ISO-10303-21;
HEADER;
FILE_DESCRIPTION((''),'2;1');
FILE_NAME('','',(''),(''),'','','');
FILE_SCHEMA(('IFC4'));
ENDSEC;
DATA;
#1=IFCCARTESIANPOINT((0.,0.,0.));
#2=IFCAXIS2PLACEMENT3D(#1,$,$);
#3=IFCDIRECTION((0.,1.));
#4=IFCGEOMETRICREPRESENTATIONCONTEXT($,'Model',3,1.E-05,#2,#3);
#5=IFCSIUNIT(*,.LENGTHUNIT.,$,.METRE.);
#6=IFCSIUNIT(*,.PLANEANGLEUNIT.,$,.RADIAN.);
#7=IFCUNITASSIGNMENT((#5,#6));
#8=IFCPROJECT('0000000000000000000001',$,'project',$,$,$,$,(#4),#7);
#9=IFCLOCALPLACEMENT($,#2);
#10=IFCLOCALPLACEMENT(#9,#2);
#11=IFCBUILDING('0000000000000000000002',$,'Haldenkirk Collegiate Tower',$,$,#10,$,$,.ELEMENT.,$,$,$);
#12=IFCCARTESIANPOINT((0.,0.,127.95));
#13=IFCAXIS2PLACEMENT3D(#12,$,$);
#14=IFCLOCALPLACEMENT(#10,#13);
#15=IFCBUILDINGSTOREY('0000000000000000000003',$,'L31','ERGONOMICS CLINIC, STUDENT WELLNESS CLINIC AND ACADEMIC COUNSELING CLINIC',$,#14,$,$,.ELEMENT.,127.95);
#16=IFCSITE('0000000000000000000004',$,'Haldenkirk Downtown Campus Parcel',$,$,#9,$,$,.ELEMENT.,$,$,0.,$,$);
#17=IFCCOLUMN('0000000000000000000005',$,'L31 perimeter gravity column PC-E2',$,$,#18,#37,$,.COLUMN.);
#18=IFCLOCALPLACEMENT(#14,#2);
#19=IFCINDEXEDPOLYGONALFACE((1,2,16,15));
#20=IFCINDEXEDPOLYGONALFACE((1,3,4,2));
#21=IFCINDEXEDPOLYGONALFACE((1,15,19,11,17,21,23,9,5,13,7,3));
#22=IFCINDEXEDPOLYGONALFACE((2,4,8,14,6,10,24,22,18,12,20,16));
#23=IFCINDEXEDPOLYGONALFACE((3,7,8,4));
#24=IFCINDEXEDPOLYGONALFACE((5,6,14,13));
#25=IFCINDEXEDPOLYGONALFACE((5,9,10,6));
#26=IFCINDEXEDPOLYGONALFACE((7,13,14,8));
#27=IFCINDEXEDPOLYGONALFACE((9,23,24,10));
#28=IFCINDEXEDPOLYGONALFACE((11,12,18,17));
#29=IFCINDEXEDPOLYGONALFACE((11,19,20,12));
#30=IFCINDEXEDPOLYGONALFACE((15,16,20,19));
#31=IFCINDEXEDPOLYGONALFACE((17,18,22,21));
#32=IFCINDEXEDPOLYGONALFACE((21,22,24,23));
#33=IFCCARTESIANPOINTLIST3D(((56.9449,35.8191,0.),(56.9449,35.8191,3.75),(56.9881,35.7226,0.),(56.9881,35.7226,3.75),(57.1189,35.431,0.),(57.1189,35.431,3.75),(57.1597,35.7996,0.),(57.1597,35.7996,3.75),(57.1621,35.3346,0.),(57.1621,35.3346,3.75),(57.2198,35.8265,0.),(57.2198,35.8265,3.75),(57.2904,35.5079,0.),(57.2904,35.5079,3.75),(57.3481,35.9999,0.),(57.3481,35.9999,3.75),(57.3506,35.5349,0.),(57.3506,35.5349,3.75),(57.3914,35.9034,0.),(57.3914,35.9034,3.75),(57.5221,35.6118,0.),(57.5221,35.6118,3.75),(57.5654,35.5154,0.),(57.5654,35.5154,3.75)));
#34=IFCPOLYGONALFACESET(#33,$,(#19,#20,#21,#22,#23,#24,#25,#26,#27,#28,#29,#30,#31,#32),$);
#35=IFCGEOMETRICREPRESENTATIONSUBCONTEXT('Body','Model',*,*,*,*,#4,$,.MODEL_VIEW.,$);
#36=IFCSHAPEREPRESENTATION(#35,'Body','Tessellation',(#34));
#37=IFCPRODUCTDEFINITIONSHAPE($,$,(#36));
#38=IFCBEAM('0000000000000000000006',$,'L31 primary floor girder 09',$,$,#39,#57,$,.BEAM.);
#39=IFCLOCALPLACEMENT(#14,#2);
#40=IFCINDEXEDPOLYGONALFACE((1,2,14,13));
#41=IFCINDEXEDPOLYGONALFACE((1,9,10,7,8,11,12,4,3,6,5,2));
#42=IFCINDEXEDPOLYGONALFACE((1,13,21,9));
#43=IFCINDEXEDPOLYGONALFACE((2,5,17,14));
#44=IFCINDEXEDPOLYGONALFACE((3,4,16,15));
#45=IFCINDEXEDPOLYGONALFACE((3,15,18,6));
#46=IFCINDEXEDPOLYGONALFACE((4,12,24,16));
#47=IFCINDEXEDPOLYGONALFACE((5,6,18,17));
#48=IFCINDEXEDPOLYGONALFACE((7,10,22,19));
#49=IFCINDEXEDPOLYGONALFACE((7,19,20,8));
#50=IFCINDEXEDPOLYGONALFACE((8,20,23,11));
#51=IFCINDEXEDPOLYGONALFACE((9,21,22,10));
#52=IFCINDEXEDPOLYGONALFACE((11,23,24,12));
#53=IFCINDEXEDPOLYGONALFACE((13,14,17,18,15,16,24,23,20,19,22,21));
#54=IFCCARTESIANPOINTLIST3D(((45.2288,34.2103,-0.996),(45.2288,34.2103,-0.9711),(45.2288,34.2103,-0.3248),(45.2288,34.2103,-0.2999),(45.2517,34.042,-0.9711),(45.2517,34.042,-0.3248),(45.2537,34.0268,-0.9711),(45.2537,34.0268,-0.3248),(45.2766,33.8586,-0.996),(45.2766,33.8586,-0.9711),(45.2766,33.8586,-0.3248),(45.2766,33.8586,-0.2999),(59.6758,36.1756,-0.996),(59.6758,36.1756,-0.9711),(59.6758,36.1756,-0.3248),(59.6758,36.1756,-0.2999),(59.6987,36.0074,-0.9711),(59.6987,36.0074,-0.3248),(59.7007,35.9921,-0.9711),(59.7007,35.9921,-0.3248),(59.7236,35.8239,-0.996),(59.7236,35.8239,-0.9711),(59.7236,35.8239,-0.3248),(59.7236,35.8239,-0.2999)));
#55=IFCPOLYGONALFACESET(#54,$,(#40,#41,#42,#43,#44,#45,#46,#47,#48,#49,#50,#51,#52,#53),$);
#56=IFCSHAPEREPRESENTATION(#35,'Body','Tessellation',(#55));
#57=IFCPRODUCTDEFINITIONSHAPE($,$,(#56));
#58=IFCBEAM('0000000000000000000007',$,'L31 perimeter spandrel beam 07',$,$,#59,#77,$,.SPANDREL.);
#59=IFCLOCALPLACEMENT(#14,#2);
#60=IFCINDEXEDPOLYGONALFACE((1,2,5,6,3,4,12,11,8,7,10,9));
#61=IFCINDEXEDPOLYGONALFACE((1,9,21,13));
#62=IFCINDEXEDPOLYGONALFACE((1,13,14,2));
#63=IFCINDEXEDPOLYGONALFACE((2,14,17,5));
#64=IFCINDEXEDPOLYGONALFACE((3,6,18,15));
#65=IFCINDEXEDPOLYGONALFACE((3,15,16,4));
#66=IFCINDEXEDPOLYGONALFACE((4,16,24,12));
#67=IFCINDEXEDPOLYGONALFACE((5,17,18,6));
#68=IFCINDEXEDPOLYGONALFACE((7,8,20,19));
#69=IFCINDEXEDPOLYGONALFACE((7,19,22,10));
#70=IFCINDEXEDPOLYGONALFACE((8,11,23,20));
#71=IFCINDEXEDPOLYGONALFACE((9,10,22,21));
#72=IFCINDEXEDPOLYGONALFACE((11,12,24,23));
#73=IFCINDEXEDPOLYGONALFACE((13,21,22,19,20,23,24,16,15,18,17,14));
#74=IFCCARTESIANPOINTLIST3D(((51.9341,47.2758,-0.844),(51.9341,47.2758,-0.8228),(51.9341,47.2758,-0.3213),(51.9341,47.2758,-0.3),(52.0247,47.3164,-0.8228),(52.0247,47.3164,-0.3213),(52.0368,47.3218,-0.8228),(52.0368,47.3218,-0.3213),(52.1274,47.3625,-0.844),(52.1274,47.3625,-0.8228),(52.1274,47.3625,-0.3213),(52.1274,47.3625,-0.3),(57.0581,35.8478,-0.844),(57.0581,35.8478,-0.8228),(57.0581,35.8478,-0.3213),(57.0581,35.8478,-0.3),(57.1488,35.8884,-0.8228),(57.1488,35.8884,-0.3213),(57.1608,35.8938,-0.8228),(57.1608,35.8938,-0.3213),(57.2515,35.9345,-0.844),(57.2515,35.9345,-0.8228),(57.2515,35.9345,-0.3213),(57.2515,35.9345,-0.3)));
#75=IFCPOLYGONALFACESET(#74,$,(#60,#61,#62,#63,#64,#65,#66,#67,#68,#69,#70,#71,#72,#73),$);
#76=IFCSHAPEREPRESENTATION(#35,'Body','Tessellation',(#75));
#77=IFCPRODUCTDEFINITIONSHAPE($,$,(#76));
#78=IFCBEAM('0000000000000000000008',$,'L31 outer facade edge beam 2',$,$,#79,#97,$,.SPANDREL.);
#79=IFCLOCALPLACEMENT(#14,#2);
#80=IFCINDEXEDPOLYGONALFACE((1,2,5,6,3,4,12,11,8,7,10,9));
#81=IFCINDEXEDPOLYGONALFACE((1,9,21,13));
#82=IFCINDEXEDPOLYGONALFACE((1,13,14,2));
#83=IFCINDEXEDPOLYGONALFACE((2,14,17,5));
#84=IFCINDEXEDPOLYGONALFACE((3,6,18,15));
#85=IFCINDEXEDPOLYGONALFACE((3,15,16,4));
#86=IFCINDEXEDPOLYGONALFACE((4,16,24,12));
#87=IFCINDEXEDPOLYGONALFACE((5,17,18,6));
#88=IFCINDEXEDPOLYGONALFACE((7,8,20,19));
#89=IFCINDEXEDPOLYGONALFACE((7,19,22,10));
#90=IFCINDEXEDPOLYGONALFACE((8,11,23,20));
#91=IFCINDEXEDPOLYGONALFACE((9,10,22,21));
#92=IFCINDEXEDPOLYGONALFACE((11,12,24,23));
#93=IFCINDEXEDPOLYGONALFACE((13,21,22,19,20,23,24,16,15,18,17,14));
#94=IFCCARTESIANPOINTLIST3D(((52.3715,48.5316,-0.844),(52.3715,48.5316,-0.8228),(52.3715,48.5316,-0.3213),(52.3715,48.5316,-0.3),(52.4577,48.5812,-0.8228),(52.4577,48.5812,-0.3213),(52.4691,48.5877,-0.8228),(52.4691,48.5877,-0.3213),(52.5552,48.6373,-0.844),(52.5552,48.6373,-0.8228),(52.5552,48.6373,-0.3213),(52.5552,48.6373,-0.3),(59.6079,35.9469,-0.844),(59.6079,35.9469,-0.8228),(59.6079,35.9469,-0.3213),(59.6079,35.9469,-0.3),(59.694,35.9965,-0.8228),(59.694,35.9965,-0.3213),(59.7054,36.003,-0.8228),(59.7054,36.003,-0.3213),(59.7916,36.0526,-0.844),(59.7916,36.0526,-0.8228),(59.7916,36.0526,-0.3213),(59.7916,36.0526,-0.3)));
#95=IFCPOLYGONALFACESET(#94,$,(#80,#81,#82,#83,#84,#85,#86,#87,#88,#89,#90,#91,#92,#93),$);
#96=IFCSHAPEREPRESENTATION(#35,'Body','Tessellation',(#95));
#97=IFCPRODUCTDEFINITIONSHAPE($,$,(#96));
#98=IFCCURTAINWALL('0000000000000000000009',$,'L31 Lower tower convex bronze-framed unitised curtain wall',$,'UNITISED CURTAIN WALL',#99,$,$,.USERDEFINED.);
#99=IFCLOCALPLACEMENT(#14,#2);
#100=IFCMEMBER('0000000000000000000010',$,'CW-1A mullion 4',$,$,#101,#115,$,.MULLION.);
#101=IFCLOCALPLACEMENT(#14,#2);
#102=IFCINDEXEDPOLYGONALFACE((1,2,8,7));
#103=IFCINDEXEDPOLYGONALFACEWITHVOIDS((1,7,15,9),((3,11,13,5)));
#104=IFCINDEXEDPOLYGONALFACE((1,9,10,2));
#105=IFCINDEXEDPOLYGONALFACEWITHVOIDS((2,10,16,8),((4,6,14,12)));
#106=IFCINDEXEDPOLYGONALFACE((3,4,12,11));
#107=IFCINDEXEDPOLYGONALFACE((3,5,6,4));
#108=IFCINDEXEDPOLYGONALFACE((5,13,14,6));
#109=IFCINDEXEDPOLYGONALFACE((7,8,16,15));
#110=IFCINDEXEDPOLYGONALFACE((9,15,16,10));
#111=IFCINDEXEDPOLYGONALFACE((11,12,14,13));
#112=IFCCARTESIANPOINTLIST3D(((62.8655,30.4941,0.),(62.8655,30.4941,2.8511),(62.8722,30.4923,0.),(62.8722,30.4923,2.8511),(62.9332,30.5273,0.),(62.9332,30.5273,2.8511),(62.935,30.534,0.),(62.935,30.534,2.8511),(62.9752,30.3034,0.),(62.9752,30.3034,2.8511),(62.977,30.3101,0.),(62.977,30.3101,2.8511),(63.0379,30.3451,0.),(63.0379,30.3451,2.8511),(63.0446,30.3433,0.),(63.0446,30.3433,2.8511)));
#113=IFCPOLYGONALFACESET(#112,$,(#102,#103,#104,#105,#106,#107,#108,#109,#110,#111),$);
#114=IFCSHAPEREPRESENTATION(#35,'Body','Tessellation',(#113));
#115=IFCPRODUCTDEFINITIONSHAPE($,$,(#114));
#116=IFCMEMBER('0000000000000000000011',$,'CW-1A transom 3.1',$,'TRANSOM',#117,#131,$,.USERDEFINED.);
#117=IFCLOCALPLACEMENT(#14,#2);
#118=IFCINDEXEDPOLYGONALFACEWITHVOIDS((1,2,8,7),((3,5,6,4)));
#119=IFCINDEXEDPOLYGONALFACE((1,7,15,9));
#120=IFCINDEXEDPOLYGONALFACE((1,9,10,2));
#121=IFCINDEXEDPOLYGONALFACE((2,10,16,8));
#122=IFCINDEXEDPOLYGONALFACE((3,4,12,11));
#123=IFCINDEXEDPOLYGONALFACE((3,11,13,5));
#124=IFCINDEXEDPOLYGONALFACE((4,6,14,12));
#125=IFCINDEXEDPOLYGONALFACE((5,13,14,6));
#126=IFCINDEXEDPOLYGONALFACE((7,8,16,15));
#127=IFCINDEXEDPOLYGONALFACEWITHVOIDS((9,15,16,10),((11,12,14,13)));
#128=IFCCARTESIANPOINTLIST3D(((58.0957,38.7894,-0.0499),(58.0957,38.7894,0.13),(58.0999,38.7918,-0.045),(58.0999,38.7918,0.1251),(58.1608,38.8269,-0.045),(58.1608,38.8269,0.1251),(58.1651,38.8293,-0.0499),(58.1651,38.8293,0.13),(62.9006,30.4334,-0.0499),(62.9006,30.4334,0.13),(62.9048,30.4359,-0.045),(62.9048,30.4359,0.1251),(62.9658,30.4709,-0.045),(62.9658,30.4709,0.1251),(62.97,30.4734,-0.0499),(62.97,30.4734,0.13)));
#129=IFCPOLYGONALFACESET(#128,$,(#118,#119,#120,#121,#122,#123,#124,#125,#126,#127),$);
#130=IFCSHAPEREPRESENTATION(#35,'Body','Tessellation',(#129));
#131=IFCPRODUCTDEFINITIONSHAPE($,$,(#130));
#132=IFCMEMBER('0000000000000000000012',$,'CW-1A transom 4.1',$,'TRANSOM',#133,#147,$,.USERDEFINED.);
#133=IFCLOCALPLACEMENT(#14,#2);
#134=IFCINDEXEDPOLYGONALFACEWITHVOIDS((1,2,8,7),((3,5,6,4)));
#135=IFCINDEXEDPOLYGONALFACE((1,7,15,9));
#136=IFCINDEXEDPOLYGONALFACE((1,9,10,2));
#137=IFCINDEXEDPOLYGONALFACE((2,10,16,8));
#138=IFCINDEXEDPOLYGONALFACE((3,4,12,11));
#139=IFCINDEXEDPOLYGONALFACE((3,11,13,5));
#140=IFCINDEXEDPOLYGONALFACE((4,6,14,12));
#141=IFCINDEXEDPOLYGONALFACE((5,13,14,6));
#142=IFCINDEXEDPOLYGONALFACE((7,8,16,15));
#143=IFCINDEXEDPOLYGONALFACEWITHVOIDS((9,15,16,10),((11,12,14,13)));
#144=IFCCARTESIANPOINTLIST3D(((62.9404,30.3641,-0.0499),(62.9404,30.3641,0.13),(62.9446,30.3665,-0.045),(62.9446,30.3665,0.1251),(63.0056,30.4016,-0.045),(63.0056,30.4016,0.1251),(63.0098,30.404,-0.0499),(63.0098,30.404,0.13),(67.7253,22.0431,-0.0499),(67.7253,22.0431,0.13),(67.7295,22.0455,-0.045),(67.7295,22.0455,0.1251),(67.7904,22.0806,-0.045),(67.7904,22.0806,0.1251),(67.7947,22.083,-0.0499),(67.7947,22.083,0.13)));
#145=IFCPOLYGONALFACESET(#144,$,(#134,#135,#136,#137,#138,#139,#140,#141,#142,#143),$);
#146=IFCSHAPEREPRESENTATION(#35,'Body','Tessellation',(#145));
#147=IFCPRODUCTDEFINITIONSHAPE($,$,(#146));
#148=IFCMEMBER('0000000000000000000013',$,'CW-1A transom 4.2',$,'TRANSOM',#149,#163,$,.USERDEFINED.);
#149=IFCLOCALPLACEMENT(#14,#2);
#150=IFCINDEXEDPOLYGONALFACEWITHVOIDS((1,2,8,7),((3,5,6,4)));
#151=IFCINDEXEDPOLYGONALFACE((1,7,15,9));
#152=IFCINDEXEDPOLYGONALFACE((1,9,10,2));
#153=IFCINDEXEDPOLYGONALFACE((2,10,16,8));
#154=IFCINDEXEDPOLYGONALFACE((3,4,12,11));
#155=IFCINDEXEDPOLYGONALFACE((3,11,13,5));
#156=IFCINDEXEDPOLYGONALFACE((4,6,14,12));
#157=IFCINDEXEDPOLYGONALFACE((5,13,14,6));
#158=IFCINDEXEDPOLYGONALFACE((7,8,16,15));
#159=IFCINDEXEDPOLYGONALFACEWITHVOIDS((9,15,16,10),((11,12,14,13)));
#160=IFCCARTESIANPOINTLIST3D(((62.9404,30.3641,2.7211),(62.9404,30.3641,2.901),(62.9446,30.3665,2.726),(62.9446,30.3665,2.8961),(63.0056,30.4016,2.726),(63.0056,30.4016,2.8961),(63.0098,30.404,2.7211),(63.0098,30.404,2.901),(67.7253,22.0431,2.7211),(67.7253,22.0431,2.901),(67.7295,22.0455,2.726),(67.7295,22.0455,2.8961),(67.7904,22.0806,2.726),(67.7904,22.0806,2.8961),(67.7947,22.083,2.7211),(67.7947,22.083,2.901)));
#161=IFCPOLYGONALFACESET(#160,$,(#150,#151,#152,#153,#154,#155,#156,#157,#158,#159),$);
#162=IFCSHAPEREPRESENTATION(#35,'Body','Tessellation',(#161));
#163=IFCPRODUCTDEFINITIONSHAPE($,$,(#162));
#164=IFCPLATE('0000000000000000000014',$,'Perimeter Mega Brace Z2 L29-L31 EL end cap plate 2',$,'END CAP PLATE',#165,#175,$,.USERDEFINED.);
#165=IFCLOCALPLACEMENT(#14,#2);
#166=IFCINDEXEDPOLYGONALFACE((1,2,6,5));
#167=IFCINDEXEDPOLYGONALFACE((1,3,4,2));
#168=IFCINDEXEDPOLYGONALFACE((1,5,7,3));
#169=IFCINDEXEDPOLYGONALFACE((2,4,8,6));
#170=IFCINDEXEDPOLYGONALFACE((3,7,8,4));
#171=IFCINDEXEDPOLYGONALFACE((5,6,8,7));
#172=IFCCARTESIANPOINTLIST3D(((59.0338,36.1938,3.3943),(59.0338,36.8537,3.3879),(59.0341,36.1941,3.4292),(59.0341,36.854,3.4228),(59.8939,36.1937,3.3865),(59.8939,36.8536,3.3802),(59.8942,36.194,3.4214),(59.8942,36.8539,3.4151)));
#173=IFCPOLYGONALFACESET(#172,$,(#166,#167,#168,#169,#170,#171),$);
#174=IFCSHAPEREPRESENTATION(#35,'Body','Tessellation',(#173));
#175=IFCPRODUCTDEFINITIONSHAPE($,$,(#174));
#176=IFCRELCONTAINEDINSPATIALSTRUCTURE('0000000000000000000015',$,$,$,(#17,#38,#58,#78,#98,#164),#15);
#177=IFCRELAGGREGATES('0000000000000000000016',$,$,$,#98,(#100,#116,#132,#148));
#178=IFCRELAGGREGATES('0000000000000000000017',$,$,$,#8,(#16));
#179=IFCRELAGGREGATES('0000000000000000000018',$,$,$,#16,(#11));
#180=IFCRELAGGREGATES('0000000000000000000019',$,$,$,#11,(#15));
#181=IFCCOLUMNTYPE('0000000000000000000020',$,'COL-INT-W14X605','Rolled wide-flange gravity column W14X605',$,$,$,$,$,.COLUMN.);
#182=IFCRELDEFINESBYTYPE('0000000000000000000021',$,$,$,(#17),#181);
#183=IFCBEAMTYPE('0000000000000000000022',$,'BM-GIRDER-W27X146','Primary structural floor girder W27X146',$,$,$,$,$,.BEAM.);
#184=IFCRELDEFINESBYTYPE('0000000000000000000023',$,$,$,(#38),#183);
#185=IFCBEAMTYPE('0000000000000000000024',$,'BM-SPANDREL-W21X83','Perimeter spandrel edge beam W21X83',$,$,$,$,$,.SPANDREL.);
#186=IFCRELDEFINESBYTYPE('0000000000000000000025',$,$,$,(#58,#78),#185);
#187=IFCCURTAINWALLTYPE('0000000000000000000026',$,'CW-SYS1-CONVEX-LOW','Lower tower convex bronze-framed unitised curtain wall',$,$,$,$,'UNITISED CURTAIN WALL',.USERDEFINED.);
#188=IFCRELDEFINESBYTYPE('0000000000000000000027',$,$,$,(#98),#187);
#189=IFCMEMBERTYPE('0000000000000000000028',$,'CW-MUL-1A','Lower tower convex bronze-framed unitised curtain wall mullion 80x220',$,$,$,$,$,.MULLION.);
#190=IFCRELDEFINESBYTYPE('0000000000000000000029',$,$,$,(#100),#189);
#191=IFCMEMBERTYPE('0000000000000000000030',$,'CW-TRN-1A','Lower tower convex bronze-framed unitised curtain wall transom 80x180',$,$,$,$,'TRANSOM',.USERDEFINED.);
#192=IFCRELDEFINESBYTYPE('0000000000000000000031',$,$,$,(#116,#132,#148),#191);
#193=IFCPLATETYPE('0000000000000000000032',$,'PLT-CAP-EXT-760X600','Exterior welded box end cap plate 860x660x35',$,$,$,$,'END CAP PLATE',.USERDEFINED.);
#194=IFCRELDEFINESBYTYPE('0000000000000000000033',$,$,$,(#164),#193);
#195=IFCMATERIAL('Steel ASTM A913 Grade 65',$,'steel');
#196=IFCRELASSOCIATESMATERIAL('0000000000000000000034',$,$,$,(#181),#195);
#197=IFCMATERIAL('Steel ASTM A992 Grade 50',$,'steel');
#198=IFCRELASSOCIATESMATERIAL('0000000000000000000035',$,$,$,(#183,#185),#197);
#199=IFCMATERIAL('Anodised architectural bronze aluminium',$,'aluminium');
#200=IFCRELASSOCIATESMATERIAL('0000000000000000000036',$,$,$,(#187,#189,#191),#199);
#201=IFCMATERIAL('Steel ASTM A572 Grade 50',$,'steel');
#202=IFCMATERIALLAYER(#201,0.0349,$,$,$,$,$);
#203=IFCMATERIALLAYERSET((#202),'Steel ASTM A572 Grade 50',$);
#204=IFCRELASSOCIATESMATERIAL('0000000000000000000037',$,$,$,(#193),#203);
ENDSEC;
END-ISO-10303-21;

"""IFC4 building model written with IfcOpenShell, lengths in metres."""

from ifc_helpers import new_model, si_unit, direction, frame, origin, origin_2d, place, context, subcontext, project, spatial, rectangle, hollow_rectangle, i_section, extrude, source, transform, mapped, material, layer, layer_set, material_profile, profile_set, type_object, element, aggregate, save


model = new_model("IFC4")

# Units and contexts
model_context = context("Model", 3, precision=1e-05, world=origin(), true_north=direction((0.0, 1.0)))
body_context = subcontext(model_context, "Body", "Model", "MODEL_VIEW")
ifc_project = project(units=[si_unit("LENGTHUNIT", "METRE"), si_unit("PLANEANGLEUNIT", "RADIAN")], contexts=[model_context])

# Site, building, storey
site_placement = place(None, origin())
site = spatial("IfcSite", under=ifc_project, at=site_placement, Name="Haldenkirk Downtown Campus Parcel", CompositionType="ELEMENT", RefElevation=0.0)
building_placement = place(site_placement, origin())
building = spatial("IfcBuilding", under=site, at=building_placement, Name="Haldenkirk Collegiate Tower", CompositionType="ELEMENT")
storey_placement = place(building_placement, frame((0.0, 0.0, 127.95)))
storey = spatial("IfcBuildingStorey", under=building, at=storey_placement, Name="L31", Description="ERGONOMICS CLINIC, STUDENT WELLNESS CLINIC AND ACADEMIC COUNSELING CLINIC", CompositionType="ELEMENT", Elevation=127.95)

# Column
ifc_material_1 = material(Name="Steel ASTM A913 Grade 65", Category="steel")
ifc_material_profile_1 = material_profile(ifc_material_1, i_section(OverallWidth=0.4419, OverallDepth=0.531, WebThickness=0.0659, FlangeThickness=0.1057, at=origin_2d()), Name="W14X605")
ifc_profile_set_1 = profile_set([ifc_material_profile_1], Name="Steel ASTM A913 Grade 65")
column_type = type_object("IfcColumnType", Name="COL-INT-W14X605", Description="Rolled wide-flange gravity column W14X605", PredefinedType="COLUMN", material=ifc_profile_set_1)
column_placement = place(storey_placement, frame((57.2551, 35.6672, 0.0), z_axis=(0.0, 0.0, 1.0), x_axis=(0.912477, 0.409127, 0.0)))
element("IfcColumn", 1, at=column_placement, inside=storey, type_object=column_type, Name="L31 perimeter gravity column PC-E2", PredefinedType="COLUMN", context=body_context, shape_type="SweptSolid", body=[
    extrude(i_section(OverallWidth=0.4419, OverallDepth=0.531, WebThickness=0.0659, FlangeThickness=0.1057, at=origin_2d()), origin(), (0.0, 0.0, 1.0), 3.75),
])

# Beams
ifc_material_2 = material(Name="Steel ASTM A992 Grade 50", Category="steel")
ifc_material_profile_2 = material_profile(ifc_material_2, i_section(OverallWidth=0.355, OverallDepth=0.696, WebThickness=0.0154, FlangeThickness=0.0249, at=origin_2d()), Name="W27X146")
ifc_profile_set_2 = profile_set([ifc_material_profile_2], Name="Steel ASTM A992 Grade 50")
beam_type_1 = type_object("IfcBeamType", Name="BM-GIRDER-W27X146", Description="Primary structural floor girder W27X146", PredefinedType="BEAM", material=ifc_profile_set_2)
beam_1_placement = place(storey_placement, frame((59.6997, 35.9998, -0.6479), z_axis=(-0.990873, -0.134796, 0.0), x_axis=(0.134796, -0.990873, 0.0)))
element("IfcBeam", 2, at=beam_1_placement, inside=storey, type_object=beam_type_1, Name="L31 primary floor girder 09", PredefinedType="BEAM", context=body_context, shape_type="SweptSolid", body=[
    extrude(i_section(OverallWidth=0.355, OverallDepth=0.696, WebThickness=0.0154, FlangeThickness=0.0249, at=origin_2d()), origin(), (0.0, 0.0, 1.0), 14.5801),
])
ifc_material_profile_3 = material_profile(ifc_material_2, i_section(OverallWidth=0.2119, OverallDepth=0.5439, WebThickness=0.0132, FlangeThickness=0.0212, at=origin_2d()), Name="W21X83")
ifc_profile_set_3 = profile_set([ifc_material_profile_3], Name="Steel ASTM A992 Grade 50")
beam_type_2 = type_object("IfcBeamType", Name="BM-SPANDREL-W21X83", Description="Perimeter spandrel edge beam W21X83", PredefinedType="SPANDREL", material=ifc_profile_set_3)
beam_2_placement = place(storey_placement, frame((57.1548, 35.8911, -0.572), z_axis=(-0.409131, 0.912475, 0.0), x_axis=(-0.912475, -0.409131, 0.0)))
element("IfcBeam", 3, at=beam_2_placement, inside=storey, type_object=beam_type_2, Name="L31 perimeter spandrel beam 07", PredefinedType="SPANDREL", context=body_context, shape_type="SweptSolid", body=[
    extrude(i_section(OverallWidth=0.2119, OverallDepth=0.5439, WebThickness=0.0132, FlangeThickness=0.0212, at=origin_2d()), origin(), (0.0, 0.0, 1.0), 12.5242),
])
beam_3_placement = place(storey_placement, frame((59.6997, 35.9998, -0.572), z_axis=(-0.498477, 0.866903, 0.0), x_axis=(-0.866903, -0.498477, 0.0)))
element("IfcBeam", 4, at=beam_3_placement, inside=storey, type_object=beam_type_2, Name="L31 outer facade edge beam 2", PredefinedType="SPANDREL", context=body_context, shape_type="SweptSolid", body=[
    extrude(i_section(OverallWidth=0.2119, OverallDepth=0.5439, WebThickness=0.0132, FlangeThickness=0.0212, at=origin_2d()), origin(), (0.0, 0.0, 1.0), 14.5168),
])

# Curtain wall, members
ifc_material_3 = material(Name="Anodised architectural bronze aluminium", Category="aluminium")
curtain_wall_type = type_object("IfcCurtainWallType", Name="CW-SYS1-CONVEX-LOW", Description="Lower tower convex bronze-framed unitised curtain wall", ElementType="UNITISED CURTAIN WALL", PredefinedType="USERDEFINED", material=ifc_material_3)
curtain_wall_placement = place(storey_placement, origin())
curtain_wall = element("IfcCurtainWall", 5, at=curtain_wall_placement, inside=storey, type_object=curtain_wall_type, Name="L31 Lower tower convex bronze-framed unitised curtain wall", ObjectType="UNITISED CURTAIN WALL", PredefinedType="USERDEFINED")
ifc_material_profile_4 = material_profile(ifc_material_3, hollow_rectangle(XDim=0.0801, YDim=0.22, WallThickness=0.0049, at=origin_2d()), Name="CW-MUL-1A")
ifc_profile_set_4 = profile_set([ifc_material_profile_4], Name="Anodised architectural bronze aluminium")
member_type_1 = type_object("IfcMemberType", Name="CW-MUL-1A", Description="Lower tower convex bronze-framed unitised curtain wall mullion 80x220", PredefinedType="MULLION", material=ifc_profile_set_4)
member_1_placement = place(storey_placement, frame((62.9551, 30.4187, 0.0), z_axis=(0.0, 0.0, 1.0), x_axis=(0.866896, 0.49849, 0.0)))
member_1 = element("IfcMember", 6, at=member_1_placement, type_object=member_type_1, Name="CW-1A mullion 4", PredefinedType="MULLION", context=body_context, shape_type="SweptSolid", body=[
    extrude(hollow_rectangle(XDim=0.0801, YDim=0.22, WallThickness=0.0049, at=origin_2d()), origin(), (0.0, 0.0, 1.0), 2.8511),
])
ifc_material_profile_5 = material_profile(ifc_material_3, hollow_rectangle(XDim=0.0801, YDim=0.1799, WallThickness=0.0049, at=origin_2d()), Name="CW-TRN-1A")
ifc_profile_set_5 = profile_set([ifc_material_profile_5], Name="Anodised architectural bronze aluminium")
member_type_2 = type_object("IfcMemberType", Name="CW-TRN-1A", Description="Lower tower convex bronze-framed unitised curtain wall transom 80x180", ElementType="TRANSOM", PredefinedType="USERDEFINED", material=ifc_profile_set_5)
member_2_placement = place(storey_placement, frame((58.1304, 38.8093, 0.04), z_axis=(0.498491, -0.866895, 0.0), x_axis=(0.866895, 0.498491, 0.0)))
member_2 = element("IfcMember", 7, at=member_2_placement, type_object=member_type_2, Name="CW-1A transom 3.1", ObjectType="TRANSOM", PredefinedType="USERDEFINED", context=body_context, shape_type="SweptSolid", body=[
    extrude(hollow_rectangle(XDim=0.0801, YDim=0.1799, WallThickness=0.0049, at=origin_2d()), origin(), (0.0, 0.0, 1.0), 9.6389),
])
member_3_placement = place(storey_placement, frame((62.9751, 30.384, 0.04), z_axis=(0.498495, -0.866892, 0.0), x_axis=(0.866892, 0.498495, 0.0)))
member_3 = element("IfcMember", 8, at=member_3_placement, type_object=member_type_2, Name="CW-1A transom 4.1", ObjectType="TRANSOM", PredefinedType="USERDEFINED", context=body_context, shape_type="SweptSolid", body=[
    extrude(hollow_rectangle(XDim=0.0801, YDim=0.1799, WallThickness=0.0049, at=origin_2d()), origin(), (0.0, 0.0, 1.0), 9.5986),
])
member_4_placement = place(storey_placement, frame((62.9751, 30.384, 2.811), z_axis=(0.498495, -0.866892, 0.0), x_axis=(0.866892, 0.498495, 0.0)))
member_4 = element("IfcMember", 9, at=member_4_placement, type_object=member_type_2, Name="CW-1A transom 4.2", ObjectType="TRANSOM", PredefinedType="USERDEFINED", context=body_context, shape_type="SweptSolid", body=[
    extrude(hollow_rectangle(XDim=0.0801, YDim=0.1799, WallThickness=0.0049, at=origin_2d()), origin(), (0.0, 0.0, 1.0), 9.5986),
])

# Plate
ifc_material_4 = material(Name="Steel ASTM A572 Grade 50", Category="steel")
ifc_layer_1 = layer(ifc_material_4, 0.0349)
ifc_layer_set_1 = layer_set([ifc_layer_1], Name="Steel ASTM A572 Grade 50")
plate_type_1 = type_object("IfcPlateType", Name="PLT-CAP-EXT-760X600", Description="Exterior welded box end cap plate 860x660x35", ElementType="END CAP PLATE", PredefinedType="USERDEFINED", material=ifc_layer_set_1)
shared_shape_1 = source(origin(), body_context, "Body", "SweptSolid", [
    extrude(rectangle(XDim=0.8601, YDim=0.6599, at=origin_2d()), origin(), (0.0, 0.0, 1.0), 0.0349),
])
plate_1_placement = place(storey_placement, frame((59.4639, 36.5237, 3.3872), z_axis=(0.009017, 0.009624, 0.999913), x_axis=(0.999959, -0.000087, -0.009017)))
element("IfcPlate", 10, at=plate_1_placement, inside=storey, type_object=plate_type_1, Name="Perimeter Mega Brace Z2 L29-L31 EL end cap plate 2", ObjectType="END CAP PLATE", PredefinedType="USERDEFINED", context=body_context, shape_type="MappedRepresentation", body=[
    mapped(shared_shape_1, transform((0.0, 0.0, 0.0), x_axis=(1.0, 0.0, 0.0), y_axis=(0.0, 1.0, 0.0), z_axis=(0.0, 0.0, 1.0), scale=1.0)),
])
aggregate(curtain_wall, [member_1, member_2, member_3, member_4])

save(model, "model.ifc")
